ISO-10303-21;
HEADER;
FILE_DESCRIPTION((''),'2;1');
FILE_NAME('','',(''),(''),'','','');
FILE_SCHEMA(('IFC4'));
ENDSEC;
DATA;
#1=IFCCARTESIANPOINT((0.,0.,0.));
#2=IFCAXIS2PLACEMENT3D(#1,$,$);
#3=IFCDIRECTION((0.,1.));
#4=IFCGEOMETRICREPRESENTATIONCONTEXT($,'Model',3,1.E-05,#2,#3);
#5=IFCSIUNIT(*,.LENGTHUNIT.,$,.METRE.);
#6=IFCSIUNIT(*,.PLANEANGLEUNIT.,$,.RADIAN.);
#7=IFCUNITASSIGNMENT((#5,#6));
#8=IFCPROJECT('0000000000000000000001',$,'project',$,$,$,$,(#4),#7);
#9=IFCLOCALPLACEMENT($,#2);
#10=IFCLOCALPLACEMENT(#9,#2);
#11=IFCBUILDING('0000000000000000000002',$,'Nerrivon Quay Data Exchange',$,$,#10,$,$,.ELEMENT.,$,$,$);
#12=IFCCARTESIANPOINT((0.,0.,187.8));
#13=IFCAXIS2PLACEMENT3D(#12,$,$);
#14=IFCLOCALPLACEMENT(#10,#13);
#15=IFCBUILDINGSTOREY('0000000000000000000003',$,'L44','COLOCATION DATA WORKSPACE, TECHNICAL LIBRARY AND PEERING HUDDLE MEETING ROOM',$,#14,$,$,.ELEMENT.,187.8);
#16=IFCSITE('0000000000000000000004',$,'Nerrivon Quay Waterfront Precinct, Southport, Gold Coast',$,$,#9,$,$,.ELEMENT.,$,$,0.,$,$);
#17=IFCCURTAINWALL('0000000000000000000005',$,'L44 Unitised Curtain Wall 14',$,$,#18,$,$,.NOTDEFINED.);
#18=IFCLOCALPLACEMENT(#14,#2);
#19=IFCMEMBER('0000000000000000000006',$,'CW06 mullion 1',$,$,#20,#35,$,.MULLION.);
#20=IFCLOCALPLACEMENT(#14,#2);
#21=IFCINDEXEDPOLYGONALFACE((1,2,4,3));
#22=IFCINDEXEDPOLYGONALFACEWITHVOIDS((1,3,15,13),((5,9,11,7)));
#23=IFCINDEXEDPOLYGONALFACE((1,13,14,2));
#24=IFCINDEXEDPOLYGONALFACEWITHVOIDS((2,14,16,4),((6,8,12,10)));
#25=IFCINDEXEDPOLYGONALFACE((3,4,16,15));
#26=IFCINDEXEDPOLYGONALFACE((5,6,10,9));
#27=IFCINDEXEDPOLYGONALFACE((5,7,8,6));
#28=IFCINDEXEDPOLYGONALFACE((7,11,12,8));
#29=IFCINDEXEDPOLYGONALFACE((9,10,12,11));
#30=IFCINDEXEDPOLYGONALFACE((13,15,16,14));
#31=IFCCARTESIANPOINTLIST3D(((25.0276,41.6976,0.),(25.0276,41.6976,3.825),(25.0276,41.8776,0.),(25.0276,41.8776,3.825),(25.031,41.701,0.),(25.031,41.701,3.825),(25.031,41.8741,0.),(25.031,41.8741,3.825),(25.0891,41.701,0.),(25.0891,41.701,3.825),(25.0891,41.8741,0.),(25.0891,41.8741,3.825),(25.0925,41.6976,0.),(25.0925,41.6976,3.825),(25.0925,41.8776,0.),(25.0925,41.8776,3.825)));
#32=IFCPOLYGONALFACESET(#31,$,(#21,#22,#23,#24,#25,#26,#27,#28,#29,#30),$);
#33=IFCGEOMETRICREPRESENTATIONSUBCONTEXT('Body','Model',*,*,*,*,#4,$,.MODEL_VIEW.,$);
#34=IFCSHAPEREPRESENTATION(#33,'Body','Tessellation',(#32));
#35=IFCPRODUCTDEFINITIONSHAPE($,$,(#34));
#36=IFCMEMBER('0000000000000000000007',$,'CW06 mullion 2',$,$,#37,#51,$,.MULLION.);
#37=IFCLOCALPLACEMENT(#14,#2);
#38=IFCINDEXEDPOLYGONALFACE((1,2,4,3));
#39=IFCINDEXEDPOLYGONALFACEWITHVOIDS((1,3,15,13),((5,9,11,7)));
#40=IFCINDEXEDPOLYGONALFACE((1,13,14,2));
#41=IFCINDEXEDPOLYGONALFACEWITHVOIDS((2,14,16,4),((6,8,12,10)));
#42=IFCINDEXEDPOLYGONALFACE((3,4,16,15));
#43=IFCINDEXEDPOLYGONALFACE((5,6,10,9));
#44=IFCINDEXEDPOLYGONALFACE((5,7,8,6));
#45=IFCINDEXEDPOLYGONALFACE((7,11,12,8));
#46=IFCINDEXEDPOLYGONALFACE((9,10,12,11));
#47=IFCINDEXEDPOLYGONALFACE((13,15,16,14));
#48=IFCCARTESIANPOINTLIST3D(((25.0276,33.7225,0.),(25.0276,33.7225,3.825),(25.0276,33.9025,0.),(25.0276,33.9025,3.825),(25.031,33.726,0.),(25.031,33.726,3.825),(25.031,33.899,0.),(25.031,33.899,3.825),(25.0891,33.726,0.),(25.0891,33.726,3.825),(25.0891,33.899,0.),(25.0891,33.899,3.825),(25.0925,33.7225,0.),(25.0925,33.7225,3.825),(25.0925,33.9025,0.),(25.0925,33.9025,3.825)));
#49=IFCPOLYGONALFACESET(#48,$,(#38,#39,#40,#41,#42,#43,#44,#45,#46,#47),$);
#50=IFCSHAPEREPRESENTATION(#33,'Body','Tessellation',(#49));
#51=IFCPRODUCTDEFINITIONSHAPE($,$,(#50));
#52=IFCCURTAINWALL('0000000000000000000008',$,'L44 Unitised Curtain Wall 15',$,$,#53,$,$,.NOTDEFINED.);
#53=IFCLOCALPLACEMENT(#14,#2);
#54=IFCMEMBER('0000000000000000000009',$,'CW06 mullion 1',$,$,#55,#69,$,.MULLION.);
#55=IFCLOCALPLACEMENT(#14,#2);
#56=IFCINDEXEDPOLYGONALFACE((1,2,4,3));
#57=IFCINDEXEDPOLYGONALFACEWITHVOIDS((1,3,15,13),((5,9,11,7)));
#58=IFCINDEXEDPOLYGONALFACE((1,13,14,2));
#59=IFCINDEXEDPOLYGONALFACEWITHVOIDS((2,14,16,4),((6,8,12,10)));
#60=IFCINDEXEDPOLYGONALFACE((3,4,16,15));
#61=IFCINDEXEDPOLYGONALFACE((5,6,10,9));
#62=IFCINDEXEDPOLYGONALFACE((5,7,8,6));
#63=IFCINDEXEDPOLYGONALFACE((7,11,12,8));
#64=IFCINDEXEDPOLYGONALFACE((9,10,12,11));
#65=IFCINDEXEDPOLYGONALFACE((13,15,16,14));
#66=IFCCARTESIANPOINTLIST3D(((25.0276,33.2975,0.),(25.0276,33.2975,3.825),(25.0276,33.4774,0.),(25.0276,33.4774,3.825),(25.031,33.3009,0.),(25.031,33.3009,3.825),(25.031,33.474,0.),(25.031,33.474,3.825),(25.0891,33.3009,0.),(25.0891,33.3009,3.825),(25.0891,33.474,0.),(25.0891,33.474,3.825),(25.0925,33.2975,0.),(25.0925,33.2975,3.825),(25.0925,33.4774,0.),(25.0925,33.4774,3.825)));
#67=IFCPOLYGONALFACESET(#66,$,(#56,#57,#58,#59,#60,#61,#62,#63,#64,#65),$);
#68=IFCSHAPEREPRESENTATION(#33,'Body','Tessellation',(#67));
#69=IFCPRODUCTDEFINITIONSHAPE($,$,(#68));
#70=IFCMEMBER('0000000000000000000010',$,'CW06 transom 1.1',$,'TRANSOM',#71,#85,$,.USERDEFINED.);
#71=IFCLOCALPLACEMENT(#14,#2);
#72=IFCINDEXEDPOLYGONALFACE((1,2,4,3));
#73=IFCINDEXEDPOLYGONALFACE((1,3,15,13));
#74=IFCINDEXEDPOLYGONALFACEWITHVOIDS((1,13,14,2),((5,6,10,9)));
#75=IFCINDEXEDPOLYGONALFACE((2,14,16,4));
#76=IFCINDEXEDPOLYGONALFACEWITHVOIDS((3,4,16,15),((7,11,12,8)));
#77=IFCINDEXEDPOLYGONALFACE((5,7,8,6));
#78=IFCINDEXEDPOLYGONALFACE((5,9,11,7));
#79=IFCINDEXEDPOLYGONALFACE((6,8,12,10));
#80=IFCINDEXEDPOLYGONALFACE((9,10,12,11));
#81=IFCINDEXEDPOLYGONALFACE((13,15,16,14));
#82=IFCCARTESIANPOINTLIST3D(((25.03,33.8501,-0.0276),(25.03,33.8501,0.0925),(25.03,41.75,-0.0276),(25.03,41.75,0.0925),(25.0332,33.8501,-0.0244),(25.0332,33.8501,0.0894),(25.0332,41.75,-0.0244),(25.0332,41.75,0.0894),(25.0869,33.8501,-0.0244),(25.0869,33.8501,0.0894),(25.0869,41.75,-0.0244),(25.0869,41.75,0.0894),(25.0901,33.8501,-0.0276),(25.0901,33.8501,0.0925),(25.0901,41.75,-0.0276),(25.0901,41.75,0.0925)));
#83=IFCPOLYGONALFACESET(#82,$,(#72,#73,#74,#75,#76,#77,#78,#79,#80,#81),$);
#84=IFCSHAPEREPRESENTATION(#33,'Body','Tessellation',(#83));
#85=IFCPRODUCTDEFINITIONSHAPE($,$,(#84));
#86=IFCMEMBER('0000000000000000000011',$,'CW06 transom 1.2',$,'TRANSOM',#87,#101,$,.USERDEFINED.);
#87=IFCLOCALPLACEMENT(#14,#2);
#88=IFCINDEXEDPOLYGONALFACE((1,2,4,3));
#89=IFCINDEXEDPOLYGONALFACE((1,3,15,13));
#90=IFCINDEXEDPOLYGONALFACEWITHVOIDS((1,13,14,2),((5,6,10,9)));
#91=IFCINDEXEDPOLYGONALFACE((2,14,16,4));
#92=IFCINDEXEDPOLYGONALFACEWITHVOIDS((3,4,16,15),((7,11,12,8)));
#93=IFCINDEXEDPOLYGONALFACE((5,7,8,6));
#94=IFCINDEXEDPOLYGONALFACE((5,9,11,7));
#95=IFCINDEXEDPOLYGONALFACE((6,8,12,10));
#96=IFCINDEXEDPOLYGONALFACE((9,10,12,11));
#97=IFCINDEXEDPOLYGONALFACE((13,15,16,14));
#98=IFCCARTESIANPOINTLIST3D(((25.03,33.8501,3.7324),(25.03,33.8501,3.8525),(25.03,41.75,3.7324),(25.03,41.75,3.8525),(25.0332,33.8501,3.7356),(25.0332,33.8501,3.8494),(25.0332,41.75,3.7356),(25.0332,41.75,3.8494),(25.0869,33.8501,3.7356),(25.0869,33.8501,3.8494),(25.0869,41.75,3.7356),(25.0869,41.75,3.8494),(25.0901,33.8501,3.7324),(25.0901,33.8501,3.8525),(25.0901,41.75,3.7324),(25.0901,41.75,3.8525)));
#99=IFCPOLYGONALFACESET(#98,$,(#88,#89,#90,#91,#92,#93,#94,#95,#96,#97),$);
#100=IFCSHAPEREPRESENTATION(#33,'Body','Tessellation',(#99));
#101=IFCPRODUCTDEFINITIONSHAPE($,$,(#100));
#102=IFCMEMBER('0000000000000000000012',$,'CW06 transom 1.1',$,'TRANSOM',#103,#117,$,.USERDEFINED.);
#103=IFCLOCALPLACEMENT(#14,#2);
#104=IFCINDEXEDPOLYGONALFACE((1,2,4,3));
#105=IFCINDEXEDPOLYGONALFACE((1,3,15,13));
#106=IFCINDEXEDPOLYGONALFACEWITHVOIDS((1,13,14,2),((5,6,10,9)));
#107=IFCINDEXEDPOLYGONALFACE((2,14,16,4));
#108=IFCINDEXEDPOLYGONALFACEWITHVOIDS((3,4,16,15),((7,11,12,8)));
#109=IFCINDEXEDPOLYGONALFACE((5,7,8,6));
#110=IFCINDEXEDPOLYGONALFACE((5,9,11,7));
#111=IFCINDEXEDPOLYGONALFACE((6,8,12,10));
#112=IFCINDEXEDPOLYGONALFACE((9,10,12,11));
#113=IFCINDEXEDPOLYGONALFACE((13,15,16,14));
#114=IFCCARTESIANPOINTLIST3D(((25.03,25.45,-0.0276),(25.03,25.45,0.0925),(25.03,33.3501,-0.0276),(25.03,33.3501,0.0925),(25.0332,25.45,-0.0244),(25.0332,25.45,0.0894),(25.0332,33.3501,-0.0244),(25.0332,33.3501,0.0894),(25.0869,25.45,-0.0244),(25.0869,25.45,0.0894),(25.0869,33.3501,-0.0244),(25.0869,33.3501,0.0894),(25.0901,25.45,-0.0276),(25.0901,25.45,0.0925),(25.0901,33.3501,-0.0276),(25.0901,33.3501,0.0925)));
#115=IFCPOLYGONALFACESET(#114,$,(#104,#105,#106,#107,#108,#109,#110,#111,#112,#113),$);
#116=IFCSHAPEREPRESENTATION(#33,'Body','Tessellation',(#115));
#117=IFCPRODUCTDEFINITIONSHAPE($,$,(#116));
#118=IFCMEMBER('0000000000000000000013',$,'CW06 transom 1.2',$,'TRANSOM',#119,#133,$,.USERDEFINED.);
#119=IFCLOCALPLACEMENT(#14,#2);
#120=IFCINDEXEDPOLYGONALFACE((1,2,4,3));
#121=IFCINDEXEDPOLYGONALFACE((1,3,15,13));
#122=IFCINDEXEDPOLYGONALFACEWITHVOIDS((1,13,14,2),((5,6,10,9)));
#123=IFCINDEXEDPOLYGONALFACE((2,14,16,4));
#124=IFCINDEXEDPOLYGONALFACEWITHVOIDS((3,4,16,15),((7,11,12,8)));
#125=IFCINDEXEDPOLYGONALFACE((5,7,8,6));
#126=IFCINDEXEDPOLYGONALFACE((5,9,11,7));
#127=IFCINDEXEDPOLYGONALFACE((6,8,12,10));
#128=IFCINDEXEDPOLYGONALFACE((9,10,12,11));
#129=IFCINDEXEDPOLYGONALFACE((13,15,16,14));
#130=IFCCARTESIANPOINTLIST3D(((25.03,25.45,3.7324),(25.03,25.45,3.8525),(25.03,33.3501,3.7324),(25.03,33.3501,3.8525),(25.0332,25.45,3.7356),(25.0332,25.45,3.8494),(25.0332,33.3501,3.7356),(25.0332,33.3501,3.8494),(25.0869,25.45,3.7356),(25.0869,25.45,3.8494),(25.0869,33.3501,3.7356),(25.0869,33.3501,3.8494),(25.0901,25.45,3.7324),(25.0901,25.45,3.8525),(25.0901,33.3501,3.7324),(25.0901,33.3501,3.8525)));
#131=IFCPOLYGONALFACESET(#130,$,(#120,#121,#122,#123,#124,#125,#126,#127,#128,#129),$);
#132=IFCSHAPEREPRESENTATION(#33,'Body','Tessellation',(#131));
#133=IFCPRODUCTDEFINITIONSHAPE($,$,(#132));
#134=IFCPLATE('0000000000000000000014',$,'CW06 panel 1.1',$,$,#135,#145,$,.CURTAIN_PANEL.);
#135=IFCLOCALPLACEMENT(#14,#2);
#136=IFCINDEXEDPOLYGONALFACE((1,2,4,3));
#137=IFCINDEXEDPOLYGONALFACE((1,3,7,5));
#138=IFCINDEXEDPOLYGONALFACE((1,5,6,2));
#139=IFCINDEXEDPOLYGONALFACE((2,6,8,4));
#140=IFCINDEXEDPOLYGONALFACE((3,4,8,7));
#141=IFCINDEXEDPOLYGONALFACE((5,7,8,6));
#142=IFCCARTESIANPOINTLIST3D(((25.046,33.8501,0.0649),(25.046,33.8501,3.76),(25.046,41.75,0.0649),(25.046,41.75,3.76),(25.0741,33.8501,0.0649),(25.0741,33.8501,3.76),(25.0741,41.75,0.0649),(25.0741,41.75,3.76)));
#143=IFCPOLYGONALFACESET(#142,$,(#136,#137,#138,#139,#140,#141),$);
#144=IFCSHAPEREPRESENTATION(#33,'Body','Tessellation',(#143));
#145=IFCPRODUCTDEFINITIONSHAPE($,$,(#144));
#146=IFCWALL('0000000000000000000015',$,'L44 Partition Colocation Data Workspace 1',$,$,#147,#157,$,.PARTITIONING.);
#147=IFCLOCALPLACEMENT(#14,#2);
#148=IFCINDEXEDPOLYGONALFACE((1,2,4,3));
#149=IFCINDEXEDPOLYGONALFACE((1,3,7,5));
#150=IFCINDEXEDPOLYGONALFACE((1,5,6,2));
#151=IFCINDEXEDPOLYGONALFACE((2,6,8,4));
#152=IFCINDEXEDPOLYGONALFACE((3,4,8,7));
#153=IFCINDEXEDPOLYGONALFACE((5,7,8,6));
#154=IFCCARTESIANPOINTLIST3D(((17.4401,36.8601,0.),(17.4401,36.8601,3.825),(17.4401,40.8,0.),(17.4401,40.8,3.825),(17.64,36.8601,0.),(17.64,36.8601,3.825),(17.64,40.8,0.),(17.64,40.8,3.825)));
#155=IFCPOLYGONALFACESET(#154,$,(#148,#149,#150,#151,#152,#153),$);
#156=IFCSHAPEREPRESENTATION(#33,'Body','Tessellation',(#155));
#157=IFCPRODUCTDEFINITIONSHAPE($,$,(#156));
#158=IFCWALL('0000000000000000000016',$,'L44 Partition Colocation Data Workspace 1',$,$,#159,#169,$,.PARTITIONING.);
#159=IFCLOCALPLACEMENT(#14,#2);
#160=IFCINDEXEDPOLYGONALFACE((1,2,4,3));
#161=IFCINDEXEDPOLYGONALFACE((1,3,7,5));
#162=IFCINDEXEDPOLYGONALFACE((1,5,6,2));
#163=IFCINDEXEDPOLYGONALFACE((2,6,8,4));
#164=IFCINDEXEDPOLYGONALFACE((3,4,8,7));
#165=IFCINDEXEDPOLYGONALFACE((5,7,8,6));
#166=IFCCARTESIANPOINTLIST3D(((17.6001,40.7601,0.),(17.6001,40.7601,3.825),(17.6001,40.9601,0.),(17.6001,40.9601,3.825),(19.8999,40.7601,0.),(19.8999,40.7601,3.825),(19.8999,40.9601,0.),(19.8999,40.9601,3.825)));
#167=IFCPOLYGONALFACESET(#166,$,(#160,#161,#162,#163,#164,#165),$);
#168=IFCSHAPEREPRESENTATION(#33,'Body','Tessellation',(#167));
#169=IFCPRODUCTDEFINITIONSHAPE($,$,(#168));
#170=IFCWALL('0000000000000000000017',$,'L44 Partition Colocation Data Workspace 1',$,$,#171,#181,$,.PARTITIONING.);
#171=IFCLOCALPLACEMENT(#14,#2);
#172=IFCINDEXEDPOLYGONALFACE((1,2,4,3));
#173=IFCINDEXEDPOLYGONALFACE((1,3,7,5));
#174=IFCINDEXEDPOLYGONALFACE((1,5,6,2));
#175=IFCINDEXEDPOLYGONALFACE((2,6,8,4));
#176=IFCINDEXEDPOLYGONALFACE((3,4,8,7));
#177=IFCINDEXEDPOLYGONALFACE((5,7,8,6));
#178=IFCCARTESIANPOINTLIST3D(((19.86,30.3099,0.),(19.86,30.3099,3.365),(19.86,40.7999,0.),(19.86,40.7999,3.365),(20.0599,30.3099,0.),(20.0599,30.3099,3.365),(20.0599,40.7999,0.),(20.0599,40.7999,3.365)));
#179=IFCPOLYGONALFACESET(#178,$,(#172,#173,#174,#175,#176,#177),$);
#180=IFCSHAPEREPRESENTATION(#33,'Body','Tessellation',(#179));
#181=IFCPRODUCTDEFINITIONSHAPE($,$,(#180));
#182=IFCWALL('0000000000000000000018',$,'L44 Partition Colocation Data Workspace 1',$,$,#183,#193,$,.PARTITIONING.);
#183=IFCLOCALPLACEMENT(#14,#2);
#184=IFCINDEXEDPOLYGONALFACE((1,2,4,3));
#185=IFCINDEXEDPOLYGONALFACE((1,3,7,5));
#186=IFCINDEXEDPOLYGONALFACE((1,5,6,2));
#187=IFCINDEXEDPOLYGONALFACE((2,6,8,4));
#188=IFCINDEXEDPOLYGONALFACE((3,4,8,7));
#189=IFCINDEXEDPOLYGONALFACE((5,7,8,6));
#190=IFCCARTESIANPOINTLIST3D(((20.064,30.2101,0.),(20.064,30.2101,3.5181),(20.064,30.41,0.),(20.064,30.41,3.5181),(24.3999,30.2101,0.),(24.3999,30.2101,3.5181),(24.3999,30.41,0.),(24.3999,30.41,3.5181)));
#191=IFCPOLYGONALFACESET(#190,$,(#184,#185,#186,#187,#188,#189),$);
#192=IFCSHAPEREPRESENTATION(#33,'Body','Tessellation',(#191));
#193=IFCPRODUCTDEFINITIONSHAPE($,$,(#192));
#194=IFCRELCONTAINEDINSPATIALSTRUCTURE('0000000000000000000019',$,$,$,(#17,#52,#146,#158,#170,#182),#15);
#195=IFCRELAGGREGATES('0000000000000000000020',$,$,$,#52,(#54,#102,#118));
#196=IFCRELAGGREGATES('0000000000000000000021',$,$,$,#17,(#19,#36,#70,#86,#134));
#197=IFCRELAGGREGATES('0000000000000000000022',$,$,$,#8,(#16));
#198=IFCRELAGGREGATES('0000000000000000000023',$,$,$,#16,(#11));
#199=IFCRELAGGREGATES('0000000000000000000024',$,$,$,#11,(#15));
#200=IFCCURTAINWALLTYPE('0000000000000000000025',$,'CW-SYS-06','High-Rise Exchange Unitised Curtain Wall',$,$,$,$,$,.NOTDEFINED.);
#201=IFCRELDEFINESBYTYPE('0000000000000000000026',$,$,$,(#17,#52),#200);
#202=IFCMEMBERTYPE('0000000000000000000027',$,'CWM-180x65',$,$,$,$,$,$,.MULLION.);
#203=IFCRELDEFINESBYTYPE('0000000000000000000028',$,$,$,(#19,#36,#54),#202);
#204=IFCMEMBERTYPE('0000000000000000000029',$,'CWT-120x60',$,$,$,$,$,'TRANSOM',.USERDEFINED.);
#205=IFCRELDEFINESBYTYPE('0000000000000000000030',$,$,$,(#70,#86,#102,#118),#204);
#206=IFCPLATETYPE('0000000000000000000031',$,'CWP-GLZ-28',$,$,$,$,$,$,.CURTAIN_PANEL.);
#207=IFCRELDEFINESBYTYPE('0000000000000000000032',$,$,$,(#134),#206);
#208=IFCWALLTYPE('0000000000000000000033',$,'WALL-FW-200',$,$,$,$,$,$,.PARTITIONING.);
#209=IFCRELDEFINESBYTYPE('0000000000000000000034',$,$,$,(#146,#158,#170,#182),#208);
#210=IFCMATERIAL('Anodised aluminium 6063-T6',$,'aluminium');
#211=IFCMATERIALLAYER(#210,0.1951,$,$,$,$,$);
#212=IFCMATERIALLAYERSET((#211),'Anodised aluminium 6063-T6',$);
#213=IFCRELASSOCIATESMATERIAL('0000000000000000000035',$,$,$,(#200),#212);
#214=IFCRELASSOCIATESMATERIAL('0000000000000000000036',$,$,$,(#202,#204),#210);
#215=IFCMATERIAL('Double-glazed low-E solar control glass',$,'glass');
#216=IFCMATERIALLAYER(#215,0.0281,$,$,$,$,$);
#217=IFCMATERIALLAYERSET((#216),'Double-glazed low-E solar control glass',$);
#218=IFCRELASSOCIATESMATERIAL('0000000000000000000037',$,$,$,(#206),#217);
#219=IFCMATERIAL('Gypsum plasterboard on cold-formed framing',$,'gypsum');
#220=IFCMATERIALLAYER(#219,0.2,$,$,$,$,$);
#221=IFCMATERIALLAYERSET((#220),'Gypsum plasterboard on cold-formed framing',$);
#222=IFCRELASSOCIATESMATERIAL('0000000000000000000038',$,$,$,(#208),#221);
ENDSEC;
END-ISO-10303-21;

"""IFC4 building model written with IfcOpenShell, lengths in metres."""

from ifc_helpers import new_model, si_unit, direction, frame, frame_2d, origin, origin_2d, place, context, subcontext, project, spatial, rectangle, hollow_rectangle, extrude, material, layer, layer_set, material_profile, profile_set, type_object, element, aggregate, save


model = new_model("IFC4")

# Units and contexts
model_context = context("Model", 3, precision=1e-05, world=origin(), true_north=direction((0.0, 1.0)))
body_context = subcontext(model_context, "Body", "Model", "MODEL_VIEW")
ifc_project = project(units=[si_unit("LENGTHUNIT", "METRE"), si_unit("PLANEANGLEUNIT", "RADIAN")], contexts=[model_context])

# Site, building, storey
site_placement = place(None, origin())
site = spatial("IfcSite", under=ifc_project, at=site_placement, Name="Nerrivon Quay Waterfront Precinct, Southport, Gold Coast", CompositionType="ELEMENT", RefElevation=0.0)
building_placement = place(site_placement, origin())
building = spatial("IfcBuilding", under=site, at=building_placement, Name="Nerrivon Quay Data Exchange", CompositionType="ELEMENT")
storey_placement = place(building_placement, frame((0.0, 0.0, 187.8)))
storey = spatial("IfcBuildingStorey", under=building, at=storey_placement, Name="L44", Description="COLOCATION DATA WORKSPACE, TECHNICAL LIBRARY AND PEERING HUDDLE MEETING ROOM", CompositionType="ELEMENT", Elevation=187.8)

# Shared definitions
ifc_material_1 = material(Name="Anodised aluminium 6063-T6", Category="aluminium")
ifc_layer_1 = layer(ifc_material_1, 0.1951)
ifc_layer_set_1 = layer_set([ifc_layer_1], Name="Anodised aluminium 6063-T6")
curtain_wall_type = type_object("IfcCurtainWallType", Name="CW-SYS-06", Description="High-Rise Exchange Unitised Curtain Wall", PredefinedType="NOTDEFINED", material=ifc_layer_set_1)
ifc_material_profile_1 = material_profile(ifc_material_1, hollow_rectangle(XDim=0.0649, YDim=0.1799, WallThickness=0.0034, at=origin_2d()), Name="ALU-MULL-180x65")
ifc_profile_set_1 = profile_set([ifc_material_profile_1], Name="Anodised aluminium 6063-T6")
member_type_1 = type_object("IfcMemberType", Name="CWM-180x65", PredefinedType="MULLION", material=ifc_profile_set_1)

# Curtain wall, members
curtain_wall_1_placement = place(storey_placement, origin())
curtain_wall_1 = element("IfcCurtainWall", 1, at=curtain_wall_1_placement, inside=storey, type_object=curtain_wall_type, Name="L44 Unitised Curtain Wall 14", PredefinedType="NOTDEFINED")
member_1_placement = place(storey_placement, frame((25.0601, 41.7876, 0.0), z_axis=(0.0, 0.0, 1.0), x_axis=(1.0, 0.0, 0.0)))
member_1 = element("IfcMember", 2, at=member_1_placement, type_object=member_type_1, Name="CW06 mullion 1", PredefinedType="MULLION", context=body_context, shape_type="SweptSolid", body=[
    extrude(hollow_rectangle(XDim=0.0649, YDim=0.1799, WallThickness=0.0034, at=origin_2d()), origin(), (0.0, 0.0, 1.0), 3.825),
])
member_2_placement = place(storey_placement, frame((25.0601, 33.8125, 0.0), z_axis=(0.0, 0.0, 1.0), x_axis=(1.0, 0.0, 0.0)))
member_2 = element("IfcMember", 3, at=member_2_placement, type_object=member_type_1, Name="CW06 mullion 2", PredefinedType="MULLION", context=body_context, shape_type="SweptSolid", body=[
    extrude(hollow_rectangle(XDim=0.0649, YDim=0.1799, WallThickness=0.0034, at=origin_2d()), origin(), (0.0, 0.0, 1.0), 3.825),
])

# Curtain wall, member
curtain_wall_2_placement = place(storey_placement, origin())
curtain_wall_2 = element("IfcCurtainWall", 4, at=curtain_wall_2_placement, inside=storey, type_object=curtain_wall_type, Name="L44 Unitised Curtain Wall 15", PredefinedType="NOTDEFINED")
member_3_placement = place(storey_placement, frame((25.0601, 33.3875, 0.0), z_axis=(0.0, 0.0, 1.0), x_axis=(1.0, 0.0, 0.0)))
member_3 = element("IfcMember", 5, at=member_3_placement, type_object=member_type_1, Name="CW06 mullion 1", PredefinedType="MULLION", context=body_context, shape_type="SweptSolid", body=[
    extrude(hollow_rectangle(XDim=0.0649, YDim=0.1799, WallThickness=0.0034, at=origin_2d()), origin(), (0.0, 0.0, 1.0), 3.825),
])

# Members
ifc_material_profile_2 = material_profile(ifc_material_1, hollow_rectangle(XDim=0.0601, YDim=0.1201, WallThickness=0.0032, at=origin_2d()), Name="ALU-TRAN-120x60")
ifc_profile_set_2 = profile_set([ifc_material_profile_2], Name="Anodised aluminium 6063-T6")
member_type_2 = type_object("IfcMemberType", Name="CWT-120x60", ElementType="TRANSOM", PredefinedType="USERDEFINED", material=ifc_profile_set_2)
member_4_placement = place(storey_placement, frame((25.0601, 41.75, 0.0325), z_axis=(0.0, -1.0, 0.0), x_axis=(1.0, 0.0, 0.0)))
member_4 = element("IfcMember", 6, at=member_4_placement, type_object=member_type_2, Name="CW06 transom 1.1", ObjectType="TRANSOM", PredefinedType="USERDEFINED", context=body_context, shape_type="SweptSolid", body=[
    extrude(hollow_rectangle(XDim=0.0601, YDim=0.1201, WallThickness=0.0032, at=origin_2d()), origin(), (0.0, 0.0, 1.0), 7.8999),
])
member_5_placement = place(storey_placement, frame((25.0601, 41.75, 3.7925), z_axis=(0.0, -1.0, 0.0), x_axis=(1.0, 0.0, 0.0)))
member_5 = element("IfcMember", 7, at=member_5_placement, type_object=member_type_2, Name="CW06 transom 1.2", ObjectType="TRANSOM", PredefinedType="USERDEFINED", context=body_context, shape_type="SweptSolid", body=[
    extrude(hollow_rectangle(XDim=0.0601, YDim=0.1201, WallThickness=0.0032, at=origin_2d()), origin(), (0.0, 0.0, 1.0), 7.8999),
])
member_6_placement = place(storey_placement, frame((25.0601, 33.3501, 0.0325), z_axis=(0.0, -1.0, 0.0), x_axis=(1.0, 0.0, 0.0)))
member_6 = element("IfcMember", 8, at=member_6_placement, type_object=member_type_2, Name="CW06 transom 1.1", ObjectType="TRANSOM", PredefinedType="USERDEFINED", context=body_context, shape_type="SweptSolid", body=[
    extrude(hollow_rectangle(XDim=0.0601, YDim=0.1201, WallThickness=0.0032, at=origin_2d()), origin(), (0.0, 0.0, 1.0), 7.9001),
])
member_7_placement = place(storey_placement, frame((25.0601, 33.3501, 3.7925), z_axis=(0.0, -1.0, 0.0), x_axis=(1.0, 0.0, 0.0)))
member_7 = element("IfcMember", 9, at=member_7_placement, type_object=member_type_2, Name="CW06 transom 1.2", ObjectType="TRANSOM", PredefinedType="USERDEFINED", context=body_context, shape_type="SweptSolid", body=[
    extrude(hollow_rectangle(XDim=0.0601, YDim=0.1201, WallThickness=0.0032, at=origin_2d()), origin(), (0.0, 0.0, 1.0), 7.9001),
])
aggregate(curtain_wall_2, [member_3, member_6, member_7])

# Plate
ifc_material_2 = material(Name="Double-glazed low-E solar control glass", Category="glass")
ifc_layer_2 = layer(ifc_material_2, 0.0281)
ifc_layer_set_2 = layer_set([ifc_layer_2], Name="Double-glazed low-E solar control glass")
plate_type = type_object("IfcPlateType", Name="CWP-GLZ-28", PredefinedType="CURTAIN_PANEL", material=ifc_layer_set_2)
plate_placement = place(storey_placement, frame((25.0601, 37.8, 0.0649), z_axis=(0.0, 0.0, 1.0), x_axis=(0.0, -1.0, 0.0)))
plate = element("IfcPlate", 10, at=plate_placement, type_object=plate_type, Name="CW06 panel 1.1", PredefinedType="CURTAIN_PANEL", context=body_context, shape_type="SweptSolid", body=[
    extrude(rectangle(XDim=7.8999, YDim=0.0281, at=origin_2d()), origin(), (0.0, 0.0, 1.0), 3.6951),
])
aggregate(curtain_wall_1, [member_1, member_2, member_4, member_5, plate])

# Walls
ifc_material_3 = material(Name="Gypsum plasterboard on cold-formed framing", Category="gypsum")
ifc_layer_3 = layer(ifc_material_3, 0.2)
ifc_layer_set_3 = layer_set([ifc_layer_3], Name="Gypsum plasterboard on cold-formed framing")
wall_type_1 = type_object("IfcWallType", Name="WALL-FW-200", PredefinedType="PARTITIONING", material=ifc_layer_set_3)
wall_1_placement = place(storey_placement, frame((17.54, 36.8601, 0.0), z_axis=(0.0, 0.0, 1.0), x_axis=(0.0, 1.0, 0.0)))
element("IfcWall", 11, at=wall_1_placement, inside=storey, type_object=wall_type_1, Name="L44 Partition Colocation Data Workspace 1", PredefinedType="PARTITIONING", context=body_context, shape_type="SweptSolid", body=[
    extrude(rectangle(XDim=3.9399, YDim=0.2, at=frame_2d((1.97, 0.0))), origin(), (0.0, 0.0, 1.0), 3.825),
])
wall_2_placement = place(storey_placement, frame((17.6001, 40.8601, 0.0), z_axis=(0.0, 0.0, 1.0), x_axis=(1.0, 0.0, 0.0)))
element("IfcWall", 12, at=wall_2_placement, inside=storey, type_object=wall_type_1, Name="L44 Partition Colocation Data Workspace 1", PredefinedType="PARTITIONING", context=body_context, shape_type="SweptSolid", body=[
    extrude(rectangle(XDim=2.2998, YDim=0.2, at=frame_2d((1.1499, 0.0))), origin(), (0.0, 0.0, 1.0), 3.825),
])
wall_3_placement = place(storey_placement, frame((19.96, 40.8, 0.0), z_axis=(0.0, 0.0, 1.0), x_axis=(0.0, -1.0, 0.0)))
element("IfcWall", 13, at=wall_3_placement, inside=storey, type_object=wall_type_1, Name="L44 Partition Colocation Data Workspace 1", PredefinedType="PARTITIONING", context=body_context, shape_type="SweptSolid", body=[
    extrude(rectangle(XDim=10.49, YDim=0.2, at=frame_2d((5.2451, 0.0))), origin(), (0.0, 0.0, 1.0), 3.365),
])
wall_4_placement = place(storey_placement, frame((20.064, 30.3101, 0.0), z_axis=(0.0, 0.0, 1.0), x_axis=(1.0, 0.0, 0.0)))
element("IfcWall", 14, at=wall_4_placement, inside=storey, type_object=wall_type_1, Name="L44 Partition Colocation Data Workspace 1", PredefinedType="PARTITIONING", context=body_context, shape_type="SweptSolid", body=[
    extrude(rectangle(XDim=4.3359, YDim=0.2, at=frame_2d((2.168, 0.0))), origin(), (0.0, 0.0, 1.0), 3.5181),
])

save(model, "model.ifc")
